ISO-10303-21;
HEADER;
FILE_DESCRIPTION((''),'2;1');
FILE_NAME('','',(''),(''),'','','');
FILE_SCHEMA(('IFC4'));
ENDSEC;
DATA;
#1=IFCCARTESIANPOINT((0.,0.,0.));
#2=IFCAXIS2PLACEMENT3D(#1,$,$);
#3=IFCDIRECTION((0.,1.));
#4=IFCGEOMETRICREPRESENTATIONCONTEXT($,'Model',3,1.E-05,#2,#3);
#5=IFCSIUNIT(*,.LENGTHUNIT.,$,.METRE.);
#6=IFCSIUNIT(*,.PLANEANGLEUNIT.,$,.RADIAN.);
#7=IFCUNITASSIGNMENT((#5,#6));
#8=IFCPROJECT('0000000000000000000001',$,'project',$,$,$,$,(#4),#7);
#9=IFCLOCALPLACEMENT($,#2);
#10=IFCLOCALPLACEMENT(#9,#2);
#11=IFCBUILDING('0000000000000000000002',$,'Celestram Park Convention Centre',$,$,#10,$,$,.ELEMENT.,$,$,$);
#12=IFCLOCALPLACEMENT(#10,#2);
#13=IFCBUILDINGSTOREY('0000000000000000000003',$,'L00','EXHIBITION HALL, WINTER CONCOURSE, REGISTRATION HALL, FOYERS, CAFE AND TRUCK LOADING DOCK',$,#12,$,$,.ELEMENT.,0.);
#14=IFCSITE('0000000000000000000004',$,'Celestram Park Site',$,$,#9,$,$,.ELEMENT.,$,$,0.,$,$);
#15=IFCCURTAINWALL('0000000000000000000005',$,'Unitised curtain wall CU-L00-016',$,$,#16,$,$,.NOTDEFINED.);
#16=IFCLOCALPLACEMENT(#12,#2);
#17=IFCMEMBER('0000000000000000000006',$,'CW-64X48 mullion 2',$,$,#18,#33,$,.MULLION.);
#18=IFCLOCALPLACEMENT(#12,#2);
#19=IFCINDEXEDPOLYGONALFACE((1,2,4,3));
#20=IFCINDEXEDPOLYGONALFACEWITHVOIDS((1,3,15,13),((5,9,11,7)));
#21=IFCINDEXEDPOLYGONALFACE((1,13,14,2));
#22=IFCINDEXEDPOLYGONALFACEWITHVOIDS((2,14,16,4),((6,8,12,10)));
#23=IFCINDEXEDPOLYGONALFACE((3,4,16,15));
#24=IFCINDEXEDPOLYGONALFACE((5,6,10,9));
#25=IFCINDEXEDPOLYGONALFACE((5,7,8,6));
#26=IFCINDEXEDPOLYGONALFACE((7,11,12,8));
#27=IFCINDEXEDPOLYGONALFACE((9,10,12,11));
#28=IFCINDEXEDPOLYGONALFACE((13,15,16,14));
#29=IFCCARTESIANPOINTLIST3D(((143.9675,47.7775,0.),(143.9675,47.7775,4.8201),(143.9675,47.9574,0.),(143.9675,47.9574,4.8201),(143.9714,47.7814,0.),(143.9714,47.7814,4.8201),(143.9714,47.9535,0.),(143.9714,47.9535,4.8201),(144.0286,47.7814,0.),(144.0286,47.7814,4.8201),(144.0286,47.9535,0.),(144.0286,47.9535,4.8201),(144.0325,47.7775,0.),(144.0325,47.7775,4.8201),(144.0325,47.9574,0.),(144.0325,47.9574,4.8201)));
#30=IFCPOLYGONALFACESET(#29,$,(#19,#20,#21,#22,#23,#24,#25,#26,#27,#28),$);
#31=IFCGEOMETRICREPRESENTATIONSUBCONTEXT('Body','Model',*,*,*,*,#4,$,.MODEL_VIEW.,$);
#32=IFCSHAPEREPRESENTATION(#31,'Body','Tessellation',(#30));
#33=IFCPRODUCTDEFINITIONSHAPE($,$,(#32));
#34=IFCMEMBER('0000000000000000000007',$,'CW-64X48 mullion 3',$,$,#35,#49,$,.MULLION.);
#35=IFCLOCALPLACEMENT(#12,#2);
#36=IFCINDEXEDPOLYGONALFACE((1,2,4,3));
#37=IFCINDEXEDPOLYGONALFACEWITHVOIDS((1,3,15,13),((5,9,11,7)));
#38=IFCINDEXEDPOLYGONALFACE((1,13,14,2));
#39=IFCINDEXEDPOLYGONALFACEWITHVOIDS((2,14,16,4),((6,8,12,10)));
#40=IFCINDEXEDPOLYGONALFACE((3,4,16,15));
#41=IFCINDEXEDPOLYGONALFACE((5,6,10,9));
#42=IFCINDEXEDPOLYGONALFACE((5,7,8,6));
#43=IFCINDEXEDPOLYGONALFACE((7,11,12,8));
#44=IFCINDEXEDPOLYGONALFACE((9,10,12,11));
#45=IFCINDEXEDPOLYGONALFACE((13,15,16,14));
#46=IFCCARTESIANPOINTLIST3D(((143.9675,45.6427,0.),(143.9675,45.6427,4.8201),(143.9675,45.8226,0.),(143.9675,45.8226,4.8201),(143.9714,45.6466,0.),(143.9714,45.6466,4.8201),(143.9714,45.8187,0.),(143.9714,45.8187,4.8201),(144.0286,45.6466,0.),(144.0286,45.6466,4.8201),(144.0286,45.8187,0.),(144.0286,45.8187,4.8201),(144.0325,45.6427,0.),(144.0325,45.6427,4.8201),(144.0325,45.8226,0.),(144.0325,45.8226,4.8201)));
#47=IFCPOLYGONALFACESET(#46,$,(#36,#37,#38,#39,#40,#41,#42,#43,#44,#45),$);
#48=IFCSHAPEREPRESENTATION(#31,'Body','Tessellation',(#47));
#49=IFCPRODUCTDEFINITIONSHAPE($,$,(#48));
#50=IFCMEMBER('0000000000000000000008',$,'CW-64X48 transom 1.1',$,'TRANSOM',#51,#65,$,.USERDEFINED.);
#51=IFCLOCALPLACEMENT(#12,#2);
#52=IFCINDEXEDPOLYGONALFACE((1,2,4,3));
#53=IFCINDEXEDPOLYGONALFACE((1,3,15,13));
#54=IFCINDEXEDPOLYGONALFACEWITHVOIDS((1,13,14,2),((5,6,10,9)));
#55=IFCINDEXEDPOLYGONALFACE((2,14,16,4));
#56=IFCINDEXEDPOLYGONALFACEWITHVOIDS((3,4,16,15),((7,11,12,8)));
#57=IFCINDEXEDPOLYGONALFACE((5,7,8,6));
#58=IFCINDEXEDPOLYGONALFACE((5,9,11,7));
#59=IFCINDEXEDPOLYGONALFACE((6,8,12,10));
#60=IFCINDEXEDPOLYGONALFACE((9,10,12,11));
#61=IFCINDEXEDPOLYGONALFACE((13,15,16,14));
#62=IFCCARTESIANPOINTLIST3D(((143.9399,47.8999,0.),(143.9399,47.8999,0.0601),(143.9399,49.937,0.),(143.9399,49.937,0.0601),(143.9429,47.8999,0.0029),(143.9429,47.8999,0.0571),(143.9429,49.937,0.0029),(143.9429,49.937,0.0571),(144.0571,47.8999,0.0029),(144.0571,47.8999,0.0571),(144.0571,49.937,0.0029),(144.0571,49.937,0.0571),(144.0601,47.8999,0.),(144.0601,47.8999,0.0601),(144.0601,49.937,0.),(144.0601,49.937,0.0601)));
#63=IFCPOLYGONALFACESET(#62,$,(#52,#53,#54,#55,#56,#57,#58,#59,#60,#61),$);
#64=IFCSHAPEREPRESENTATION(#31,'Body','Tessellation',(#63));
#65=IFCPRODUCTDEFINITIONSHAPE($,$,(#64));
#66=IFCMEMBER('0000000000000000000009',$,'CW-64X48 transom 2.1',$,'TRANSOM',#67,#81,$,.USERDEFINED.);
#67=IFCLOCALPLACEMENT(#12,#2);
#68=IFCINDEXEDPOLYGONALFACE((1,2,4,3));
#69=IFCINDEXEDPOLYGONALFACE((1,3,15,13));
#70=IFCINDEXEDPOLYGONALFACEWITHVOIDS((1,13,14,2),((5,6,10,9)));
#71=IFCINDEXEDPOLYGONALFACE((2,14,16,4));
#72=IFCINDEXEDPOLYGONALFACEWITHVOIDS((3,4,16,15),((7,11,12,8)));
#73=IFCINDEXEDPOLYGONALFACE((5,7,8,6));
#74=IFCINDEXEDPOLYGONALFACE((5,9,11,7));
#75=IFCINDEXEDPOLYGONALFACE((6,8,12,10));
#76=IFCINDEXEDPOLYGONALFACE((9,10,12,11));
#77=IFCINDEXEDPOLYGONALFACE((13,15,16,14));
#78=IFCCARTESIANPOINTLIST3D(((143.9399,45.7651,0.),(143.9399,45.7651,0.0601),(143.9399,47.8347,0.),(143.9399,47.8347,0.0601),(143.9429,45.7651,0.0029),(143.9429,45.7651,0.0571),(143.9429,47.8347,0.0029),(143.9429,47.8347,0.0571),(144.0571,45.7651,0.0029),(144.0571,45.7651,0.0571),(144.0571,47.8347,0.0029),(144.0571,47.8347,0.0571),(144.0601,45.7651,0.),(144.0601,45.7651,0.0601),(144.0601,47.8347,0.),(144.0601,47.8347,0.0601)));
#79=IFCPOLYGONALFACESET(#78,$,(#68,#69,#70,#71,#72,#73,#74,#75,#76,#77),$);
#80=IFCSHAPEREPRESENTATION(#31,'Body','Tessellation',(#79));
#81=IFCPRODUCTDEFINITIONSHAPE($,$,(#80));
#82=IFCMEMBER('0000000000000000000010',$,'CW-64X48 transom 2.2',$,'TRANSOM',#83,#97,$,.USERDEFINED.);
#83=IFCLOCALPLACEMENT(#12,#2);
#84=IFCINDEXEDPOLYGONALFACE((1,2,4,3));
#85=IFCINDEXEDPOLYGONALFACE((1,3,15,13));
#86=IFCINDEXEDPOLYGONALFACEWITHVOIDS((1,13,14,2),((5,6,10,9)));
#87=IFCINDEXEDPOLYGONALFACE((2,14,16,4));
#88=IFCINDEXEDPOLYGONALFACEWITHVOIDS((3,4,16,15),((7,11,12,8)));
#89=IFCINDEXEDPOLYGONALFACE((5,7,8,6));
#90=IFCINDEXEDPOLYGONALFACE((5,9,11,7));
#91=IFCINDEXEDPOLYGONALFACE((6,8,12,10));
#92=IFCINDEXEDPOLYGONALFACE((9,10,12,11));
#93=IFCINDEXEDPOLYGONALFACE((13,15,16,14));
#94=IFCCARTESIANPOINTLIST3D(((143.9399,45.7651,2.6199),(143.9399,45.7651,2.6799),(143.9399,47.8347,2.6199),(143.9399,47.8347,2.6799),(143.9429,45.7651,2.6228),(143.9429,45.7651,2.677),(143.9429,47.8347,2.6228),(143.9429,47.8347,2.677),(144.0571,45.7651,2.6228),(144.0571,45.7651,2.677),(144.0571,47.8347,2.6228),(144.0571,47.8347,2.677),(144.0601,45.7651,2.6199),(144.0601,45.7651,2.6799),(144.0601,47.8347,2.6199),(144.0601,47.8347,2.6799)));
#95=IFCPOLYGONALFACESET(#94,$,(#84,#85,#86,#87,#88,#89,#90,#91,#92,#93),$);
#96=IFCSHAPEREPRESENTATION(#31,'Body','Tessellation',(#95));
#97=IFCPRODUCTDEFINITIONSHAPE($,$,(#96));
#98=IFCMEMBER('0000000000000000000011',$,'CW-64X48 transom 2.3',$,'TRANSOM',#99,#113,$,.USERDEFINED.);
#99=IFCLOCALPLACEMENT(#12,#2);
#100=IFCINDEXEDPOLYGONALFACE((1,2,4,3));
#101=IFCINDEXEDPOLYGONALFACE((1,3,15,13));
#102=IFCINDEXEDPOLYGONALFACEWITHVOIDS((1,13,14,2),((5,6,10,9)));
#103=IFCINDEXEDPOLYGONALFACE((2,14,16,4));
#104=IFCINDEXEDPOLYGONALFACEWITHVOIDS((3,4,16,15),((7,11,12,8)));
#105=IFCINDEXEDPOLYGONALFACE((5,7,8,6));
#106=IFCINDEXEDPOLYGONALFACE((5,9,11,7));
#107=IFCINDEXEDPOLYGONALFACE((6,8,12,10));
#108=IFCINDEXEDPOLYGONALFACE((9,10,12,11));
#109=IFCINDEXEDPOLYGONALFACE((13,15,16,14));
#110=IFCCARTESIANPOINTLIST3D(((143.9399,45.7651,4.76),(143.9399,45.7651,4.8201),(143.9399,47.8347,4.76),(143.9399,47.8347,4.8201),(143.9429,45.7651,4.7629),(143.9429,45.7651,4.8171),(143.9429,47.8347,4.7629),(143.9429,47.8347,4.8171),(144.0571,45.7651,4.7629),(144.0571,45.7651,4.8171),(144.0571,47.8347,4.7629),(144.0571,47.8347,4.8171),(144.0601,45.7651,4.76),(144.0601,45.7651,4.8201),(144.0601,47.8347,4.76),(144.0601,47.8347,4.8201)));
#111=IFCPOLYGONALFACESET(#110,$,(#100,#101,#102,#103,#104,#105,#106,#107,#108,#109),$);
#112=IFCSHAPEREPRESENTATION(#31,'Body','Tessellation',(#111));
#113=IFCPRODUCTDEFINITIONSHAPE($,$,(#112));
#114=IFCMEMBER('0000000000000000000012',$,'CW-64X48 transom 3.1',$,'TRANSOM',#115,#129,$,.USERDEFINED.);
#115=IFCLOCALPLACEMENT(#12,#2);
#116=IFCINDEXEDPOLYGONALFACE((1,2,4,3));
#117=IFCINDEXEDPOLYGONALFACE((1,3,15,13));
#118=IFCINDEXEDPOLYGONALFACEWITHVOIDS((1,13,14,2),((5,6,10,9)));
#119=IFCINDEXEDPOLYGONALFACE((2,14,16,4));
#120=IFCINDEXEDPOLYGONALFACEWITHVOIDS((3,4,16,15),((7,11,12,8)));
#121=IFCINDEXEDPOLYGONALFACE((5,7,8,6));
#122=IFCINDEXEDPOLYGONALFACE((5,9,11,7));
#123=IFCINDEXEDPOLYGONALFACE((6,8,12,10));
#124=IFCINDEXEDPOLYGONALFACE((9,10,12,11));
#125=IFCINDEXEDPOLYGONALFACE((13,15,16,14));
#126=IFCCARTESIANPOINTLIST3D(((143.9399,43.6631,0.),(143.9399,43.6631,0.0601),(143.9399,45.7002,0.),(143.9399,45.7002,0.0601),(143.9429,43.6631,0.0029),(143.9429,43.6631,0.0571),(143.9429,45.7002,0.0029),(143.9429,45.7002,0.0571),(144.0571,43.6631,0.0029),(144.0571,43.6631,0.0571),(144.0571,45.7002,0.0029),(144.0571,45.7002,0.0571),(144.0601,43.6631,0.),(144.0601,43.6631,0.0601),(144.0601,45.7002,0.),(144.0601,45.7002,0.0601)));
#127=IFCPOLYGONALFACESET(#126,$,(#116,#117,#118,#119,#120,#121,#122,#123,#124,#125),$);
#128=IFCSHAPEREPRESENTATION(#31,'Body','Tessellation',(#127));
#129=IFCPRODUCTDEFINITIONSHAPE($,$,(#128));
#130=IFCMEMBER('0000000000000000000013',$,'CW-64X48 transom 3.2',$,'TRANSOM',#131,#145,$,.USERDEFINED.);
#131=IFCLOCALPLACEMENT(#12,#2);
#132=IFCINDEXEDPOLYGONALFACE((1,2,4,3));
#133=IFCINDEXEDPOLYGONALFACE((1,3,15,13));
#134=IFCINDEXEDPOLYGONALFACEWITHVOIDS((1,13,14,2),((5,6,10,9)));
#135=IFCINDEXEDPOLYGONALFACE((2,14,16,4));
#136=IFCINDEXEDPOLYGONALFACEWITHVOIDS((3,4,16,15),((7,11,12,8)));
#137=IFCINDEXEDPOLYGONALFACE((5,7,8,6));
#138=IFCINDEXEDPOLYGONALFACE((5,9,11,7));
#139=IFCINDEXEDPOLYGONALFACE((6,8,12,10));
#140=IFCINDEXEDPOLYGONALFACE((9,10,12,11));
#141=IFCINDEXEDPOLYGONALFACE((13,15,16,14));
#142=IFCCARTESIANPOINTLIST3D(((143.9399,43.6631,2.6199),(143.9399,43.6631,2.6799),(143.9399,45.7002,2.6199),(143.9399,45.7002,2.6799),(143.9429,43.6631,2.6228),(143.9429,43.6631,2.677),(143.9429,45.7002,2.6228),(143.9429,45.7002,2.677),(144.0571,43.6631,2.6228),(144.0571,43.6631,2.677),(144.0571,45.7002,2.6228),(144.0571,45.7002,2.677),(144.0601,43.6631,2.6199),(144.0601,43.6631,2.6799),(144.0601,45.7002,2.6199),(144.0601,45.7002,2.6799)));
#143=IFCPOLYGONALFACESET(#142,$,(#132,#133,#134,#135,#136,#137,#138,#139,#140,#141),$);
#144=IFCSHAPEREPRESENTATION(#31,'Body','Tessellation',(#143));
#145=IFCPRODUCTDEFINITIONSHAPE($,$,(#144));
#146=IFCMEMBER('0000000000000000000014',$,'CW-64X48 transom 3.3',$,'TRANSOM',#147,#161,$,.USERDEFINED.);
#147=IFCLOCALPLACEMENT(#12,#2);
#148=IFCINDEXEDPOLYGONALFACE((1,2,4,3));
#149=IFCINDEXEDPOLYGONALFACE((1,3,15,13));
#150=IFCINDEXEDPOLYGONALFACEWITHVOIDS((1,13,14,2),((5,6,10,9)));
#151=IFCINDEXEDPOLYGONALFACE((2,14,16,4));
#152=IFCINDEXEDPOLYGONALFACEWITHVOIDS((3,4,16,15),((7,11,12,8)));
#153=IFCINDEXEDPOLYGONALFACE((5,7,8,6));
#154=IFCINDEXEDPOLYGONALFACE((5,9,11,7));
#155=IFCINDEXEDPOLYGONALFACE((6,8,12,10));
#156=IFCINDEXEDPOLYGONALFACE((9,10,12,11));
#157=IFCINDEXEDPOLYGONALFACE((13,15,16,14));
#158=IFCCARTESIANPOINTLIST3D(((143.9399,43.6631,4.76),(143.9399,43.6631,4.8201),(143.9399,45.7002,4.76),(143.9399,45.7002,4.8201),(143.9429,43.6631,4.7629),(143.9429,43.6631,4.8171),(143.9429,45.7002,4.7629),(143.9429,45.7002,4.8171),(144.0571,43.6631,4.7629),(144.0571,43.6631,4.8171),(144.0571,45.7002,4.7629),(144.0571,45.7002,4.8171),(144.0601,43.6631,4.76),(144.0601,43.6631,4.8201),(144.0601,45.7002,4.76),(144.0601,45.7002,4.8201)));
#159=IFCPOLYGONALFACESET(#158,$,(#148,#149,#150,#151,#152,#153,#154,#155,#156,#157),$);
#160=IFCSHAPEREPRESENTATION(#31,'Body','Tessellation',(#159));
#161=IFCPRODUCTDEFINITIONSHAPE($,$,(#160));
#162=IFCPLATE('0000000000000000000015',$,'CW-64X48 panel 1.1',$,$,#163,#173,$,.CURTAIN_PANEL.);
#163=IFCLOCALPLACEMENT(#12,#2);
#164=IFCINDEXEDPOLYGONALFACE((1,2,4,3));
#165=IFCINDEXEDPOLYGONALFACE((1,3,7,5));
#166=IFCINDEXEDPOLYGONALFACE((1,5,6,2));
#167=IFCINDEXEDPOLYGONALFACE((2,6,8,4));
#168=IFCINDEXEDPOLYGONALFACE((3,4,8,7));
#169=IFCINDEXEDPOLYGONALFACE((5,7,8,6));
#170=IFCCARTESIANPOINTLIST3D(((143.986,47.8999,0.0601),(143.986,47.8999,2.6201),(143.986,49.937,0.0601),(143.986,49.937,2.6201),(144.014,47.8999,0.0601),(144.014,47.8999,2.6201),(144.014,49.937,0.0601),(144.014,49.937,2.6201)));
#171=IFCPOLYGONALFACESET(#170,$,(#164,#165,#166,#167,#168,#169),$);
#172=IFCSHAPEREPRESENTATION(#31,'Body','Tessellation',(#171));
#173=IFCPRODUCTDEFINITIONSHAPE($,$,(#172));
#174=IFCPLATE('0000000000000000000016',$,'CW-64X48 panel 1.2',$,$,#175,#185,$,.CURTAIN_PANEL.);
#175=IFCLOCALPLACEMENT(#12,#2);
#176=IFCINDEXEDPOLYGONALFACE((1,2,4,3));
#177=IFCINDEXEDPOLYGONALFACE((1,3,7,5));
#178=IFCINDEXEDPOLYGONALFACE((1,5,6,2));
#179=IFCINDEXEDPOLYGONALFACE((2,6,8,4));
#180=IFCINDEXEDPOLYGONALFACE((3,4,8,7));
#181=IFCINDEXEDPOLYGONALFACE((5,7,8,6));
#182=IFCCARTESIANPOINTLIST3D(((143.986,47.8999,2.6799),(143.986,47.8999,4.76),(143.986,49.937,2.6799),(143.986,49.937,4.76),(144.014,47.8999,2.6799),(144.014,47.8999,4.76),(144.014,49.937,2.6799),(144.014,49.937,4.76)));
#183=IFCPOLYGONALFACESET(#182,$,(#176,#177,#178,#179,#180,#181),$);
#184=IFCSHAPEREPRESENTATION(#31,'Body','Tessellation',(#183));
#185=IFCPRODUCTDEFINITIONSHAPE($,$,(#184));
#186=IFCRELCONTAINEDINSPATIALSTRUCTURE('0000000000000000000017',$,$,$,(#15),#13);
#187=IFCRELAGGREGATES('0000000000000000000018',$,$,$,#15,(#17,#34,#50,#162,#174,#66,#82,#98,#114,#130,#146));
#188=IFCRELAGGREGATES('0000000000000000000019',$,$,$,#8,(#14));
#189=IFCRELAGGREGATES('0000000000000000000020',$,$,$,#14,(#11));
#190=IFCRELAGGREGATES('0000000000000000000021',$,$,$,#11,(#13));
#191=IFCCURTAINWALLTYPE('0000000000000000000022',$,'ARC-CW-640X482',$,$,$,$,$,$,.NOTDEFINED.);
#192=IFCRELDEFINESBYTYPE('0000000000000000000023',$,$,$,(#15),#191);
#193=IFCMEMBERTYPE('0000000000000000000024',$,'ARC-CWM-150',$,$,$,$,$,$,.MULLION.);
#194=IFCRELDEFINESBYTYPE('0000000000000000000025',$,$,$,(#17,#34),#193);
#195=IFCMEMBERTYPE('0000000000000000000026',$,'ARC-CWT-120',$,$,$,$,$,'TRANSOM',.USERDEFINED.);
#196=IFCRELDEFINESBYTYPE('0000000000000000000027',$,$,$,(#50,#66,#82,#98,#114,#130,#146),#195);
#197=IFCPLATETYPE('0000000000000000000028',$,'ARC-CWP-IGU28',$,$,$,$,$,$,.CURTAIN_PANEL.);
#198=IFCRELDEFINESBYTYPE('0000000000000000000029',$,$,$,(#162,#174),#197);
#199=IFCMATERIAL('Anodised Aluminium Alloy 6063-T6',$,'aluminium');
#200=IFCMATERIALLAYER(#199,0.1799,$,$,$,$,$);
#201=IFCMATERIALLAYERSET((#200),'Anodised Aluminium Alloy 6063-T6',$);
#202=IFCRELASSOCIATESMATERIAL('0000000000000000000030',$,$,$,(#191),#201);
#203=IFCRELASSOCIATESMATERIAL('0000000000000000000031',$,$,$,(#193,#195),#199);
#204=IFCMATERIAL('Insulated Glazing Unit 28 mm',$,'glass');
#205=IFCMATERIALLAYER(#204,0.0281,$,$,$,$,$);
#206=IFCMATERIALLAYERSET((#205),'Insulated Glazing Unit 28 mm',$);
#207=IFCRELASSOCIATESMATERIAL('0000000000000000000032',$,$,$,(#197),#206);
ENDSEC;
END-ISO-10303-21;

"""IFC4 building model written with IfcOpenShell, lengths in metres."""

from ifc_helpers import new_model, si_unit, direction, frame, origin, origin_2d, place, context, subcontext, project, spatial, rectangle, hollow_rectangle, extrude, material, layer, layer_set, material_profile, profile_set, type_object, element, aggregate, save


model = new_model("IFC4")

# Units and contexts
model_context = context("Model", 3, precision=1e-05, world=origin(), true_north=direction((0.0, 1.0)))
body_context = subcontext(model_context, "Body", "Model", "MODEL_VIEW")
ifc_project = project(units=[si_unit("LENGTHUNIT", "METRE"), si_unit("PLANEANGLEUNIT", "RADIAN")], contexts=[model_context])

# Site, building, storey
site_placement = place(None, origin())
site = spatial("IfcSite", under=ifc_project, at=site_placement, Name="Celestram Park Site", CompositionType="ELEMENT", RefElevation=0.0)
building_placement = place(site_placement, origin())
building = spatial("IfcBuilding", under=site, at=building_placement, Name="Celestram Park Convention Centre", CompositionType="ELEMENT")
storey_placement = place(building_placement, origin())
storey = spatial("IfcBuildingStorey", under=building, at=storey_placement, Name="L00", Description="EXHIBITION HALL, WINTER CONCOURSE, REGISTRATION HALL, FOYERS, CAFE AND TRUCK LOADING DOCK", CompositionType="ELEMENT", Elevation=0.0)

# Curtain wall, members, plates
ifc_material_1 = material(Name="Anodised Aluminium Alloy 6063-T6", Category="aluminium")
ifc_layer_1 = layer(ifc_material_1, 0.1799)
ifc_layer_set_1 = layer_set([ifc_layer_1], Name="Anodised Aluminium Alloy 6063-T6")
curtain_wall_type = type_object("IfcCurtainWallType", Name="ARC-CW-640X482", PredefinedType="NOTDEFINED", material=ifc_layer_set_1)
curtain_wall_placement = place(storey_placement, origin())
curtain_wall = element("IfcCurtainWall", 1, at=curtain_wall_placement, inside=storey, type_object=curtain_wall_type, Name="Unitised curtain wall CU-L00-016", PredefinedType="NOTDEFINED")
ifc_material_profile_1 = material_profile(ifc_material_1, hollow_rectangle(XDim=0.0649, YDim=0.1799, WallThickness=0.0039, at=origin_2d()), Name="ALU65X180X4")
ifc_profile_set_1 = profile_set([ifc_material_profile_1], Name="Anodised Aluminium Alloy 6063-T6")
member_type_1 = type_object("IfcMemberType", Name="ARC-CWM-150", PredefinedType="MULLION", material=ifc_profile_set_1)
member_1_placement = place(storey_placement, frame((144.0, 47.8674, 0.0), z_axis=(0.0, 0.0, 1.0), x_axis=(1.0, 0.0, 0.0)))
member_1 = element("IfcMember", 2, at=member_1_placement, type_object=member_type_1, Name="CW-64X48 mullion 2", PredefinedType="MULLION", context=body_context, shape_type="SweptSolid", body=[
    extrude(hollow_rectangle(XDim=0.0649, YDim=0.1799, WallThickness=0.0039, at=origin_2d()), origin(), (0.0, 0.0, 1.0), 4.8201),
])
member_2_placement = place(storey_placement, frame((144.0, 45.7327, 0.0), z_axis=(0.0, 0.0, 1.0), x_axis=(1.0, 0.0, 0.0)))
member_2 = element("IfcMember", 3, at=member_2_placement, type_object=member_type_1, Name="CW-64X48 mullion 3", PredefinedType="MULLION", context=body_context, shape_type="SweptSolid", body=[
    extrude(hollow_rectangle(XDim=0.0649, YDim=0.1799, WallThickness=0.0039, at=origin_2d()), origin(), (0.0, 0.0, 1.0), 4.8201),
])
ifc_material_profile_2 = material_profile(ifc_material_1, hollow_rectangle(XDim=0.1201, YDim=0.0601, WallThickness=0.0029, at=origin_2d()), Name="ALU120X60X3")
ifc_profile_set_2 = profile_set([ifc_material_profile_2], Name="Anodised Aluminium Alloy 6063-T6")
member_type_2 = type_object("IfcMemberType", Name="ARC-CWT-120", ElementType="TRANSOM", PredefinedType="USERDEFINED", material=ifc_profile_set_2)
member_3_placement = place(storey_placement, frame((144.0, 49.937, 0.03), z_axis=(0.0, -1.0, 0.0), x_axis=(1.0, 0.0, 0.0)))
member_3 = element("IfcMember", 4, at=member_3_placement, type_object=member_type_2, Name="CW-64X48 transom 1.1", ObjectType="TRANSOM", PredefinedType="USERDEFINED", context=body_context, shape_type="SweptSolid", body=[
    extrude(hollow_rectangle(XDim=0.1201, YDim=0.0601, WallThickness=0.0029, at=origin_2d()), origin(), (0.0, 0.0, 1.0), 2.0371),
])
member_4_placement = place(storey_placement, frame((144.0, 47.8347, 0.03), z_axis=(0.0, -1.0, 0.0), x_axis=(1.0, 0.0, 0.0)))
member_4 = element("IfcMember", 5, at=member_4_placement, type_object=member_type_2, Name="CW-64X48 transom 2.1", ObjectType="TRANSOM", PredefinedType="USERDEFINED", context=body_context, shape_type="SweptSolid", body=[
    extrude(hollow_rectangle(XDim=0.1201, YDim=0.0601, WallThickness=0.0029, at=origin_2d()), origin(), (0.0, 0.0, 1.0), 2.0696),
])
member_5_placement = place(storey_placement, frame((144.0, 47.8347, 2.6499), z_axis=(0.0, -1.0, 0.0), x_axis=(1.0, 0.0, 0.0)))
member_5 = element("IfcMember", 6, at=member_5_placement, type_object=member_type_2, Name="CW-64X48 transom 2.2", ObjectType="TRANSOM", PredefinedType="USERDEFINED", context=body_context, shape_type="SweptSolid", body=[
    extrude(hollow_rectangle(XDim=0.1201, YDim=0.0601, WallThickness=0.0029, at=origin_2d()), origin(), (0.0, 0.0, 1.0), 2.0696),
])
member_6_placement = place(storey_placement, frame((144.0, 47.8347, 4.79), z_axis=(0.0, -1.0, 0.0), x_axis=(1.0, 0.0, 0.0)))
member_6 = element("IfcMember", 7, at=member_6_placement, type_object=member_type_2, Name="CW-64X48 transom 2.3", ObjectType="TRANSOM", PredefinedType="USERDEFINED", context=body_context, shape_type="SweptSolid", body=[
    extrude(hollow_rectangle(XDim=0.1201, YDim=0.0601, WallThickness=0.0029, at=origin_2d()), origin(), (0.0, 0.0, 1.0), 2.0696),
])
member_7_placement = place(storey_placement, frame((144.0, 45.7002, 0.03), z_axis=(0.0, -1.0, 0.0), x_axis=(1.0, 0.0, 0.0)))
member_7 = element("IfcMember", 8, at=member_7_placement, type_object=member_type_2, Name="CW-64X48 transom 3.1", ObjectType="TRANSOM", PredefinedType="USERDEFINED", context=body_context, shape_type="SweptSolid", body=[
    extrude(hollow_rectangle(XDim=0.1201, YDim=0.0601, WallThickness=0.0029, at=origin_2d()), origin(), (0.0, 0.0, 1.0), 2.0371),
])
member_8_placement = place(storey_placement, frame((144.0, 45.7002, 2.6499), z_axis=(0.0, -1.0, 0.0), x_axis=(1.0, 0.0, 0.0)))
member_8 = element("IfcMember", 9, at=member_8_placement, type_object=member_type_2, Name="CW-64X48 transom 3.2", ObjectType="TRANSOM", PredefinedType="USERDEFINED", context=body_context, shape_type="SweptSolid", body=[
    extrude(hollow_rectangle(XDim=0.1201, YDim=0.0601, WallThickness=0.0029, at=origin_2d()), origin(), (0.0, 0.0, 1.0), 2.0371),
])
member_9_placement = place(storey_placement, frame((144.0, 45.7002, 4.79), z_axis=(0.0, -1.0, 0.0), x_axis=(1.0, 0.0, 0.0)))
member_9 = element("IfcMember", 10, at=member_9_placement, type_object=member_type_2, Name="CW-64X48 transom 3.3", ObjectType="TRANSOM", PredefinedType="USERDEFINED", context=body_context, shape_type="SweptSolid", body=[
    extrude(hollow_rectangle(XDim=0.1201, YDim=0.0601, WallThickness=0.0029, at=origin_2d()), origin(), (0.0, 0.0, 1.0), 2.0371),
])
ifc_material_2 = material(Name="Insulated Glazing Unit 28 mm", Category="glass")
ifc_layer_2 = layer(ifc_material_2, 0.0281)
ifc_layer_set_2 = layer_set([ifc_layer_2], Name="Insulated Glazing Unit 28 mm")
plate_type = type_object("IfcPlateType", Name="ARC-CWP-IGU28", PredefinedType="CURTAIN_PANEL", material=ifc_layer_set_2)
plate_1_placement = place(storey_placement, frame((144.0, 48.9185, 0.0601), z_axis=(0.0, 0.0, 1.0), x_axis=(0.0, -1.0, 0.0)))
plate_1 = element("IfcPlate", 11, at=plate_1_placement, type_object=plate_type, Name="CW-64X48 panel 1.1", PredefinedType="CURTAIN_PANEL", context=body_context, shape_type="SweptSolid", body=[
    extrude(rectangle(XDim=2.0371, YDim=0.0281, at=origin_2d()), origin(), (0.0, 0.0, 1.0), 2.5601),
])
plate_2_placement = place(storey_placement, frame((144.0, 48.9185, 2.6799), z_axis=(0.0, 0.0, 1.0), x_axis=(0.0, -1.0, 0.0)))
plate_2 = element("IfcPlate", 12, at=plate_2_placement, type_object=plate_type, Name="CW-64X48 panel 1.2", PredefinedType="CURTAIN_PANEL", context=body_context, shape_type="SweptSolid", body=[
    extrude(rectangle(XDim=2.0371, YDim=0.0281, at=origin_2d()), origin(), (0.0, 0.0, 1.0), 2.0801),
])
aggregate(curtain_wall, [member_1, member_2, member_3, plate_1, plate_2, member_4, member_5, member_6, member_7, member_8, member_9])

save(model, "model.ifc")
